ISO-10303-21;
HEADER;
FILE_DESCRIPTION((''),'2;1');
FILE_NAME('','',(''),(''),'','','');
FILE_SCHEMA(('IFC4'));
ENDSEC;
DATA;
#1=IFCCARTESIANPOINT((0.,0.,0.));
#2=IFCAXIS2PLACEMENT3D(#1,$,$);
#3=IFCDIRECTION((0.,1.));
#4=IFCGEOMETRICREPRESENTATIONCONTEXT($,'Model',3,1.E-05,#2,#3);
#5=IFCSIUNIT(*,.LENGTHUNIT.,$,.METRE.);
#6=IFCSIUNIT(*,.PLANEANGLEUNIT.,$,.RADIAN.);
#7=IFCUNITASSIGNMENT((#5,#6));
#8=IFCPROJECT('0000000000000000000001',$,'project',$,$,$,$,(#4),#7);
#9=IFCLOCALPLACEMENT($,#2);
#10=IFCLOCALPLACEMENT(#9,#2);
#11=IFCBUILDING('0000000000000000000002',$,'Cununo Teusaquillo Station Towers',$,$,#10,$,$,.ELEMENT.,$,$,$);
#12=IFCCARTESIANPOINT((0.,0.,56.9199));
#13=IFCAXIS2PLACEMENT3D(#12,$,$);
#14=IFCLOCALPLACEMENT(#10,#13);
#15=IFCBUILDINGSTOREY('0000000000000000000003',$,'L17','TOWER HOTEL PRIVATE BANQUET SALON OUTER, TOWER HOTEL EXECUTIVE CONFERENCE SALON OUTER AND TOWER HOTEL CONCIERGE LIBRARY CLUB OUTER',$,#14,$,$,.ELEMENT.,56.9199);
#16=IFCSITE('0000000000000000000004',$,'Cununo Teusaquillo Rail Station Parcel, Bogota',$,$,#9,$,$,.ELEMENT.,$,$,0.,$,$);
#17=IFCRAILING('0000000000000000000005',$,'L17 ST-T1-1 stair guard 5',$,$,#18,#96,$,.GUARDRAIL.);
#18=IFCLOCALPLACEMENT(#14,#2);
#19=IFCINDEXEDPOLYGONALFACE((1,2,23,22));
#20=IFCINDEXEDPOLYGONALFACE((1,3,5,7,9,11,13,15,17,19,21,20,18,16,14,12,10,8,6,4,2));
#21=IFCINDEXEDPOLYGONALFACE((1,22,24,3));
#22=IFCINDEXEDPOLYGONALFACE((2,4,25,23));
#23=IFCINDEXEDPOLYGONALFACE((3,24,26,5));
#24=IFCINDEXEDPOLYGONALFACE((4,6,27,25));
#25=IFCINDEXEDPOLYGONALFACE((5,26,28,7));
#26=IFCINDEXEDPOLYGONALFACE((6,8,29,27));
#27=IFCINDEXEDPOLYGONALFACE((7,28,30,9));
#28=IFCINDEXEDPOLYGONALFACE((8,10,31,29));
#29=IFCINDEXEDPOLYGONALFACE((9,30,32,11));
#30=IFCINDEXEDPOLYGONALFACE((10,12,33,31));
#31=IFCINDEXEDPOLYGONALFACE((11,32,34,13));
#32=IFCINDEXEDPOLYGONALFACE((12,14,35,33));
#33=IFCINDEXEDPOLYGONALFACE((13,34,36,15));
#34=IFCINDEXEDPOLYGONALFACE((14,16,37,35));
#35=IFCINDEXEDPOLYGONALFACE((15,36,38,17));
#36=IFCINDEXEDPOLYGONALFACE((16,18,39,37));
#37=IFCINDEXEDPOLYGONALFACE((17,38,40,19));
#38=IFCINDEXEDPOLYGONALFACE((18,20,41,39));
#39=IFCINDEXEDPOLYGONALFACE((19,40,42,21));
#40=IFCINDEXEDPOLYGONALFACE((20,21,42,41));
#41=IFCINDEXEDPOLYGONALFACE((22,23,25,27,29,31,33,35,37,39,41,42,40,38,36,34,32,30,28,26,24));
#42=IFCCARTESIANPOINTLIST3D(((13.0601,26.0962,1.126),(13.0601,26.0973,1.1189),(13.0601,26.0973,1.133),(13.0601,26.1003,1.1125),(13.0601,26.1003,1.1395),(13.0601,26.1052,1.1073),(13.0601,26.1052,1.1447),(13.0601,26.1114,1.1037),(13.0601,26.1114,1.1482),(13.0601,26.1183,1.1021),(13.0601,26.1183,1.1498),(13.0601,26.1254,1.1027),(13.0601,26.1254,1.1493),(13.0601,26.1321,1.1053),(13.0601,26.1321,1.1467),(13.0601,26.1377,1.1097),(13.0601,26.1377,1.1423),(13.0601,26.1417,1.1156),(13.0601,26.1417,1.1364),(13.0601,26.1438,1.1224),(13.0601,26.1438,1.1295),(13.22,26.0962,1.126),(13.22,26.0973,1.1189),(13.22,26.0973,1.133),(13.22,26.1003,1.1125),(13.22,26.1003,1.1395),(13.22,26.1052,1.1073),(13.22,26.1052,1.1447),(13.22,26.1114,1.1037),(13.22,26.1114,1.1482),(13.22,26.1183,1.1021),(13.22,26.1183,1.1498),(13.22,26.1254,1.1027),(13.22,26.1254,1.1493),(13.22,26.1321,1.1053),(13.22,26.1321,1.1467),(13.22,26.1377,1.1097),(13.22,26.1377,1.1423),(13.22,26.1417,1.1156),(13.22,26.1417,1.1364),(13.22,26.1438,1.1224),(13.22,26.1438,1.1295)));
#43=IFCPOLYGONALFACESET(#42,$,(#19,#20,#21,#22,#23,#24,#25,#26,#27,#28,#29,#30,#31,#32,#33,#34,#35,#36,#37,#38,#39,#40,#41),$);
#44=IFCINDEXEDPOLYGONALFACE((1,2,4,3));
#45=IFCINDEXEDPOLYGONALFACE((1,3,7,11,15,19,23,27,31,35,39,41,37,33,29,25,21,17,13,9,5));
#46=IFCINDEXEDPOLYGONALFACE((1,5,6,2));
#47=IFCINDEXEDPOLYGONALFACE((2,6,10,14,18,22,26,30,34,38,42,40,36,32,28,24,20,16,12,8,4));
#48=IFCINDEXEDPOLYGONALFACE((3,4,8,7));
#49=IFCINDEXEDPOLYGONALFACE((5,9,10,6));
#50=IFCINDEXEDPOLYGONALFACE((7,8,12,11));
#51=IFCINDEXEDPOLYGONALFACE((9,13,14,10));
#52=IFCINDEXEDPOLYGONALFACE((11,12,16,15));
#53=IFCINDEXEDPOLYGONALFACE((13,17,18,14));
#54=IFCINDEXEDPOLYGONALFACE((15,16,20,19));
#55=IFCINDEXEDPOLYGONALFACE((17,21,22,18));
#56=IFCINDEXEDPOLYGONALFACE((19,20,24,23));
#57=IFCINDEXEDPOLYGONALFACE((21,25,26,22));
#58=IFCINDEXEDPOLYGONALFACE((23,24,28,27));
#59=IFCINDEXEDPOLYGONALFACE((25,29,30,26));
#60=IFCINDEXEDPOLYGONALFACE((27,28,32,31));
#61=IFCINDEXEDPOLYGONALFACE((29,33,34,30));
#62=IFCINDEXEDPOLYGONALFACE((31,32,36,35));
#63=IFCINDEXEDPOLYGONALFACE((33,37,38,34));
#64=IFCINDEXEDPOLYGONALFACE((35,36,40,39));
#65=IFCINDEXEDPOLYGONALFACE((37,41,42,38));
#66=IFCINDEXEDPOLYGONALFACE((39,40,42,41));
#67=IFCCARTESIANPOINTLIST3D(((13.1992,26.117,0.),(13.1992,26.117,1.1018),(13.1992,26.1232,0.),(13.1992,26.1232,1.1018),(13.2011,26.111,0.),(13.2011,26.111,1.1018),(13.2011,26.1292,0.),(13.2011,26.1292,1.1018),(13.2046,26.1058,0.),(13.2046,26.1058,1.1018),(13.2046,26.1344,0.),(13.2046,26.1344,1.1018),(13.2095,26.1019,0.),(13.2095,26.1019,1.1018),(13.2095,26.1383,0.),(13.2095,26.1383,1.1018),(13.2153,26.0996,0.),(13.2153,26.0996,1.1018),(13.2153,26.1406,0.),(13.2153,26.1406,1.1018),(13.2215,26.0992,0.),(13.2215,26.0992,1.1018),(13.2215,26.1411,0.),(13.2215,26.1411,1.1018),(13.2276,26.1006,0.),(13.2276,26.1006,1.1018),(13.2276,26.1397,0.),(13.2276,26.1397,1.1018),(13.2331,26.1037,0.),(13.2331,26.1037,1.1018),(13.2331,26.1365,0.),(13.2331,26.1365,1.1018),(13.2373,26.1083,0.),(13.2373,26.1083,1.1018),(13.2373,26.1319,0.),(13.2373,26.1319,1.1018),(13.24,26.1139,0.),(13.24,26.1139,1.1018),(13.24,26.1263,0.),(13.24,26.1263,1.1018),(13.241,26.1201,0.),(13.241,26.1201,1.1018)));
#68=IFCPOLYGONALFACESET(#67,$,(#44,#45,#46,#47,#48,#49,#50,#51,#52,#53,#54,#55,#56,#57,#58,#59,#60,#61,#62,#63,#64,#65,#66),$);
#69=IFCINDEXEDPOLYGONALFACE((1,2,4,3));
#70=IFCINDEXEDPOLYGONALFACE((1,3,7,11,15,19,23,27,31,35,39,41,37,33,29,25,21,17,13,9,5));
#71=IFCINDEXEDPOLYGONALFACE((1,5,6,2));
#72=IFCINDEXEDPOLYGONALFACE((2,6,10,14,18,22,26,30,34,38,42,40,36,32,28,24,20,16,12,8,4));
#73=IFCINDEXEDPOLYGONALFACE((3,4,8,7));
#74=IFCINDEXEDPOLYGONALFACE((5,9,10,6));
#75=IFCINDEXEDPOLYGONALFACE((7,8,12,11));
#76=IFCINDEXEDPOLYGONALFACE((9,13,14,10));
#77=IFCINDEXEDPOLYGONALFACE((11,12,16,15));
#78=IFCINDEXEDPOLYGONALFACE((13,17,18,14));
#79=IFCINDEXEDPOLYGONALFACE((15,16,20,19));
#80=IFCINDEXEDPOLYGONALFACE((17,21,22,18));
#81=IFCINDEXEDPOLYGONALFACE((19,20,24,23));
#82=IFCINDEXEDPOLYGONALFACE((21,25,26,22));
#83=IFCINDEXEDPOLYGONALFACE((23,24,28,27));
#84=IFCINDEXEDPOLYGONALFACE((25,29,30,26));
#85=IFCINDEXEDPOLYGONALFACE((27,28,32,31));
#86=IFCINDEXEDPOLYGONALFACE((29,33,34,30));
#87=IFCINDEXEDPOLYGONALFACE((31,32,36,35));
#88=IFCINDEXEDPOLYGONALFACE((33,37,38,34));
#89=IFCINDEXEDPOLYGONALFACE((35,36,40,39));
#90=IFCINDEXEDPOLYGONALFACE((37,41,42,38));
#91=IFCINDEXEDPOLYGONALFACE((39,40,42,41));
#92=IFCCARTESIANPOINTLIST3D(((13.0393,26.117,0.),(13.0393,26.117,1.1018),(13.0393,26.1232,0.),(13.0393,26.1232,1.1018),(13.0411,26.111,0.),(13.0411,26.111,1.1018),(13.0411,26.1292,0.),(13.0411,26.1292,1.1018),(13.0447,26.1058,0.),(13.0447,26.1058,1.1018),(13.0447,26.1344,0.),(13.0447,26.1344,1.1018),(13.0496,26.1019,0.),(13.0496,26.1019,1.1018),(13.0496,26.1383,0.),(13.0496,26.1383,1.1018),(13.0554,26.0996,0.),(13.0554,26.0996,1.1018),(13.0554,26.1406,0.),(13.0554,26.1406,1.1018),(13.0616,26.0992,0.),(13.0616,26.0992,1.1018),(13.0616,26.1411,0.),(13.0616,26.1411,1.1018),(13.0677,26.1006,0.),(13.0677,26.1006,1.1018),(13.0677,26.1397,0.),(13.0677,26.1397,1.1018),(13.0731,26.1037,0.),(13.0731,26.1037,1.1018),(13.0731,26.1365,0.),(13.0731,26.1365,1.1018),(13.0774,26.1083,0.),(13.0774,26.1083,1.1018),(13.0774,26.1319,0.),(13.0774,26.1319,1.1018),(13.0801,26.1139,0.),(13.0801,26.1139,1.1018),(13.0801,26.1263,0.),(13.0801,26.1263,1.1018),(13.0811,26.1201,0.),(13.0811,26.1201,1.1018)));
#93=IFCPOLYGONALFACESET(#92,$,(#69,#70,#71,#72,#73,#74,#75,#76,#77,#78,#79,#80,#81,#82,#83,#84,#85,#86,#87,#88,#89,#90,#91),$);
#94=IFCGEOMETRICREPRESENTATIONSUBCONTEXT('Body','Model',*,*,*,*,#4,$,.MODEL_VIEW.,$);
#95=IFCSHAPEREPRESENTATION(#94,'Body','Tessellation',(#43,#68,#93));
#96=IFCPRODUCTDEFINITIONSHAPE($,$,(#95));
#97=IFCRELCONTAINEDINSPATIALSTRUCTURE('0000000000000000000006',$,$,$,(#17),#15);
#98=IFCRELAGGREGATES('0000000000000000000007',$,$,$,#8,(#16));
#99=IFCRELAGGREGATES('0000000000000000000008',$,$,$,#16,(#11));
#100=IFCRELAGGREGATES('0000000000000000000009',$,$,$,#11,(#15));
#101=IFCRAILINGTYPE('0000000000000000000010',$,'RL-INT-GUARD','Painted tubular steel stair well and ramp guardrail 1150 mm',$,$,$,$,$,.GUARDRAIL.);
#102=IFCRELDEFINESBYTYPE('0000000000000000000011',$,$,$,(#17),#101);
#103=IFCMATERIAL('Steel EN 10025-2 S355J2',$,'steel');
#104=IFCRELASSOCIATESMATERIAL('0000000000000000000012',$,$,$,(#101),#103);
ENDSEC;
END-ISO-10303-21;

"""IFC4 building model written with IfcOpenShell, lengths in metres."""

from ifc_helpers import new_model, si_unit, direction, frame, origin, origin_2d, place, context, subcontext, project, spatial, circle, extrude, material, type_object, element, save


model = new_model("IFC4")

# Units and contexts
model_context = context("Model", 3, precision=1e-05, world=origin(), true_north=direction((0.0, 1.0)))
body_context = subcontext(model_context, "Body", "Model", "MODEL_VIEW")
ifc_project = project(units=[si_unit("LENGTHUNIT", "METRE"), si_unit("PLANEANGLEUNIT", "RADIAN")], contexts=[model_context])

# Site, building, storey
site_placement = place(None, origin())
site = spatial("IfcSite", under=ifc_project, at=site_placement, Name="Cununo Teusaquillo Rail Station Parcel, Bogota", CompositionType="ELEMENT", RefElevation=0.0)
building_placement = place(site_placement, origin())
building = spatial("IfcBuilding", under=site, at=building_placement, Name="Cununo Teusaquillo Station Towers", CompositionType="ELEMENT")
storey_placement = place(building_placement, frame((0.0, 0.0, 56.9199)))
storey = spatial("IfcBuildingStorey", under=building, at=storey_placement, Name="L17", Description="TOWER HOTEL PRIVATE BANQUET SALON OUTER, TOWER HOTEL EXECUTIVE CONFERENCE SALON OUTER AND TOWER HOTEL CONCIERGE LIBRARY CLUB OUTER", CompositionType="ELEMENT", Elevation=56.9199)

# Railing
ifc_material_1 = material(Name="Steel EN 10025-2 S355J2", Category="steel")
railing_type_1 = type_object("IfcRailingType", Name="RL-INT-GUARD", Description="Painted tubular steel stair well and ramp guardrail 1150 mm", PredefinedType="GUARDRAIL", material=ifc_material_1)
railing_1_placement = place(storey_placement, frame((13.22, 26.1201, 0.0)))
element("IfcRailing", 1, at=railing_1_placement, inside=storey, type_object=railing_type_1, Name="L17 ST-T1-1 stair guard 5", PredefinedType="GUARDRAIL", context=body_context, shape_type="SweptSolid", body=[
    extrude(circle(Radius=0.0239, at=origin_2d()), frame((0.0, 0.0, 1.126), z_axis=(-1.0, 0.0, 0.0), x_axis=(0.0, -1.0, 0.0)), (0.0, 0.0, 1.0), 0.1599),
    extrude(circle(Radius=0.021, at=origin_2d()), origin(), (0.0, 0.0, 1.0), 1.1018),
    extrude(circle(Radius=0.021, at=origin_2d()), frame((-0.1599, 0.0, 0.0)), (0.0, 0.0, 1.0), 1.1018),
])

save(model, "model.ifc")
